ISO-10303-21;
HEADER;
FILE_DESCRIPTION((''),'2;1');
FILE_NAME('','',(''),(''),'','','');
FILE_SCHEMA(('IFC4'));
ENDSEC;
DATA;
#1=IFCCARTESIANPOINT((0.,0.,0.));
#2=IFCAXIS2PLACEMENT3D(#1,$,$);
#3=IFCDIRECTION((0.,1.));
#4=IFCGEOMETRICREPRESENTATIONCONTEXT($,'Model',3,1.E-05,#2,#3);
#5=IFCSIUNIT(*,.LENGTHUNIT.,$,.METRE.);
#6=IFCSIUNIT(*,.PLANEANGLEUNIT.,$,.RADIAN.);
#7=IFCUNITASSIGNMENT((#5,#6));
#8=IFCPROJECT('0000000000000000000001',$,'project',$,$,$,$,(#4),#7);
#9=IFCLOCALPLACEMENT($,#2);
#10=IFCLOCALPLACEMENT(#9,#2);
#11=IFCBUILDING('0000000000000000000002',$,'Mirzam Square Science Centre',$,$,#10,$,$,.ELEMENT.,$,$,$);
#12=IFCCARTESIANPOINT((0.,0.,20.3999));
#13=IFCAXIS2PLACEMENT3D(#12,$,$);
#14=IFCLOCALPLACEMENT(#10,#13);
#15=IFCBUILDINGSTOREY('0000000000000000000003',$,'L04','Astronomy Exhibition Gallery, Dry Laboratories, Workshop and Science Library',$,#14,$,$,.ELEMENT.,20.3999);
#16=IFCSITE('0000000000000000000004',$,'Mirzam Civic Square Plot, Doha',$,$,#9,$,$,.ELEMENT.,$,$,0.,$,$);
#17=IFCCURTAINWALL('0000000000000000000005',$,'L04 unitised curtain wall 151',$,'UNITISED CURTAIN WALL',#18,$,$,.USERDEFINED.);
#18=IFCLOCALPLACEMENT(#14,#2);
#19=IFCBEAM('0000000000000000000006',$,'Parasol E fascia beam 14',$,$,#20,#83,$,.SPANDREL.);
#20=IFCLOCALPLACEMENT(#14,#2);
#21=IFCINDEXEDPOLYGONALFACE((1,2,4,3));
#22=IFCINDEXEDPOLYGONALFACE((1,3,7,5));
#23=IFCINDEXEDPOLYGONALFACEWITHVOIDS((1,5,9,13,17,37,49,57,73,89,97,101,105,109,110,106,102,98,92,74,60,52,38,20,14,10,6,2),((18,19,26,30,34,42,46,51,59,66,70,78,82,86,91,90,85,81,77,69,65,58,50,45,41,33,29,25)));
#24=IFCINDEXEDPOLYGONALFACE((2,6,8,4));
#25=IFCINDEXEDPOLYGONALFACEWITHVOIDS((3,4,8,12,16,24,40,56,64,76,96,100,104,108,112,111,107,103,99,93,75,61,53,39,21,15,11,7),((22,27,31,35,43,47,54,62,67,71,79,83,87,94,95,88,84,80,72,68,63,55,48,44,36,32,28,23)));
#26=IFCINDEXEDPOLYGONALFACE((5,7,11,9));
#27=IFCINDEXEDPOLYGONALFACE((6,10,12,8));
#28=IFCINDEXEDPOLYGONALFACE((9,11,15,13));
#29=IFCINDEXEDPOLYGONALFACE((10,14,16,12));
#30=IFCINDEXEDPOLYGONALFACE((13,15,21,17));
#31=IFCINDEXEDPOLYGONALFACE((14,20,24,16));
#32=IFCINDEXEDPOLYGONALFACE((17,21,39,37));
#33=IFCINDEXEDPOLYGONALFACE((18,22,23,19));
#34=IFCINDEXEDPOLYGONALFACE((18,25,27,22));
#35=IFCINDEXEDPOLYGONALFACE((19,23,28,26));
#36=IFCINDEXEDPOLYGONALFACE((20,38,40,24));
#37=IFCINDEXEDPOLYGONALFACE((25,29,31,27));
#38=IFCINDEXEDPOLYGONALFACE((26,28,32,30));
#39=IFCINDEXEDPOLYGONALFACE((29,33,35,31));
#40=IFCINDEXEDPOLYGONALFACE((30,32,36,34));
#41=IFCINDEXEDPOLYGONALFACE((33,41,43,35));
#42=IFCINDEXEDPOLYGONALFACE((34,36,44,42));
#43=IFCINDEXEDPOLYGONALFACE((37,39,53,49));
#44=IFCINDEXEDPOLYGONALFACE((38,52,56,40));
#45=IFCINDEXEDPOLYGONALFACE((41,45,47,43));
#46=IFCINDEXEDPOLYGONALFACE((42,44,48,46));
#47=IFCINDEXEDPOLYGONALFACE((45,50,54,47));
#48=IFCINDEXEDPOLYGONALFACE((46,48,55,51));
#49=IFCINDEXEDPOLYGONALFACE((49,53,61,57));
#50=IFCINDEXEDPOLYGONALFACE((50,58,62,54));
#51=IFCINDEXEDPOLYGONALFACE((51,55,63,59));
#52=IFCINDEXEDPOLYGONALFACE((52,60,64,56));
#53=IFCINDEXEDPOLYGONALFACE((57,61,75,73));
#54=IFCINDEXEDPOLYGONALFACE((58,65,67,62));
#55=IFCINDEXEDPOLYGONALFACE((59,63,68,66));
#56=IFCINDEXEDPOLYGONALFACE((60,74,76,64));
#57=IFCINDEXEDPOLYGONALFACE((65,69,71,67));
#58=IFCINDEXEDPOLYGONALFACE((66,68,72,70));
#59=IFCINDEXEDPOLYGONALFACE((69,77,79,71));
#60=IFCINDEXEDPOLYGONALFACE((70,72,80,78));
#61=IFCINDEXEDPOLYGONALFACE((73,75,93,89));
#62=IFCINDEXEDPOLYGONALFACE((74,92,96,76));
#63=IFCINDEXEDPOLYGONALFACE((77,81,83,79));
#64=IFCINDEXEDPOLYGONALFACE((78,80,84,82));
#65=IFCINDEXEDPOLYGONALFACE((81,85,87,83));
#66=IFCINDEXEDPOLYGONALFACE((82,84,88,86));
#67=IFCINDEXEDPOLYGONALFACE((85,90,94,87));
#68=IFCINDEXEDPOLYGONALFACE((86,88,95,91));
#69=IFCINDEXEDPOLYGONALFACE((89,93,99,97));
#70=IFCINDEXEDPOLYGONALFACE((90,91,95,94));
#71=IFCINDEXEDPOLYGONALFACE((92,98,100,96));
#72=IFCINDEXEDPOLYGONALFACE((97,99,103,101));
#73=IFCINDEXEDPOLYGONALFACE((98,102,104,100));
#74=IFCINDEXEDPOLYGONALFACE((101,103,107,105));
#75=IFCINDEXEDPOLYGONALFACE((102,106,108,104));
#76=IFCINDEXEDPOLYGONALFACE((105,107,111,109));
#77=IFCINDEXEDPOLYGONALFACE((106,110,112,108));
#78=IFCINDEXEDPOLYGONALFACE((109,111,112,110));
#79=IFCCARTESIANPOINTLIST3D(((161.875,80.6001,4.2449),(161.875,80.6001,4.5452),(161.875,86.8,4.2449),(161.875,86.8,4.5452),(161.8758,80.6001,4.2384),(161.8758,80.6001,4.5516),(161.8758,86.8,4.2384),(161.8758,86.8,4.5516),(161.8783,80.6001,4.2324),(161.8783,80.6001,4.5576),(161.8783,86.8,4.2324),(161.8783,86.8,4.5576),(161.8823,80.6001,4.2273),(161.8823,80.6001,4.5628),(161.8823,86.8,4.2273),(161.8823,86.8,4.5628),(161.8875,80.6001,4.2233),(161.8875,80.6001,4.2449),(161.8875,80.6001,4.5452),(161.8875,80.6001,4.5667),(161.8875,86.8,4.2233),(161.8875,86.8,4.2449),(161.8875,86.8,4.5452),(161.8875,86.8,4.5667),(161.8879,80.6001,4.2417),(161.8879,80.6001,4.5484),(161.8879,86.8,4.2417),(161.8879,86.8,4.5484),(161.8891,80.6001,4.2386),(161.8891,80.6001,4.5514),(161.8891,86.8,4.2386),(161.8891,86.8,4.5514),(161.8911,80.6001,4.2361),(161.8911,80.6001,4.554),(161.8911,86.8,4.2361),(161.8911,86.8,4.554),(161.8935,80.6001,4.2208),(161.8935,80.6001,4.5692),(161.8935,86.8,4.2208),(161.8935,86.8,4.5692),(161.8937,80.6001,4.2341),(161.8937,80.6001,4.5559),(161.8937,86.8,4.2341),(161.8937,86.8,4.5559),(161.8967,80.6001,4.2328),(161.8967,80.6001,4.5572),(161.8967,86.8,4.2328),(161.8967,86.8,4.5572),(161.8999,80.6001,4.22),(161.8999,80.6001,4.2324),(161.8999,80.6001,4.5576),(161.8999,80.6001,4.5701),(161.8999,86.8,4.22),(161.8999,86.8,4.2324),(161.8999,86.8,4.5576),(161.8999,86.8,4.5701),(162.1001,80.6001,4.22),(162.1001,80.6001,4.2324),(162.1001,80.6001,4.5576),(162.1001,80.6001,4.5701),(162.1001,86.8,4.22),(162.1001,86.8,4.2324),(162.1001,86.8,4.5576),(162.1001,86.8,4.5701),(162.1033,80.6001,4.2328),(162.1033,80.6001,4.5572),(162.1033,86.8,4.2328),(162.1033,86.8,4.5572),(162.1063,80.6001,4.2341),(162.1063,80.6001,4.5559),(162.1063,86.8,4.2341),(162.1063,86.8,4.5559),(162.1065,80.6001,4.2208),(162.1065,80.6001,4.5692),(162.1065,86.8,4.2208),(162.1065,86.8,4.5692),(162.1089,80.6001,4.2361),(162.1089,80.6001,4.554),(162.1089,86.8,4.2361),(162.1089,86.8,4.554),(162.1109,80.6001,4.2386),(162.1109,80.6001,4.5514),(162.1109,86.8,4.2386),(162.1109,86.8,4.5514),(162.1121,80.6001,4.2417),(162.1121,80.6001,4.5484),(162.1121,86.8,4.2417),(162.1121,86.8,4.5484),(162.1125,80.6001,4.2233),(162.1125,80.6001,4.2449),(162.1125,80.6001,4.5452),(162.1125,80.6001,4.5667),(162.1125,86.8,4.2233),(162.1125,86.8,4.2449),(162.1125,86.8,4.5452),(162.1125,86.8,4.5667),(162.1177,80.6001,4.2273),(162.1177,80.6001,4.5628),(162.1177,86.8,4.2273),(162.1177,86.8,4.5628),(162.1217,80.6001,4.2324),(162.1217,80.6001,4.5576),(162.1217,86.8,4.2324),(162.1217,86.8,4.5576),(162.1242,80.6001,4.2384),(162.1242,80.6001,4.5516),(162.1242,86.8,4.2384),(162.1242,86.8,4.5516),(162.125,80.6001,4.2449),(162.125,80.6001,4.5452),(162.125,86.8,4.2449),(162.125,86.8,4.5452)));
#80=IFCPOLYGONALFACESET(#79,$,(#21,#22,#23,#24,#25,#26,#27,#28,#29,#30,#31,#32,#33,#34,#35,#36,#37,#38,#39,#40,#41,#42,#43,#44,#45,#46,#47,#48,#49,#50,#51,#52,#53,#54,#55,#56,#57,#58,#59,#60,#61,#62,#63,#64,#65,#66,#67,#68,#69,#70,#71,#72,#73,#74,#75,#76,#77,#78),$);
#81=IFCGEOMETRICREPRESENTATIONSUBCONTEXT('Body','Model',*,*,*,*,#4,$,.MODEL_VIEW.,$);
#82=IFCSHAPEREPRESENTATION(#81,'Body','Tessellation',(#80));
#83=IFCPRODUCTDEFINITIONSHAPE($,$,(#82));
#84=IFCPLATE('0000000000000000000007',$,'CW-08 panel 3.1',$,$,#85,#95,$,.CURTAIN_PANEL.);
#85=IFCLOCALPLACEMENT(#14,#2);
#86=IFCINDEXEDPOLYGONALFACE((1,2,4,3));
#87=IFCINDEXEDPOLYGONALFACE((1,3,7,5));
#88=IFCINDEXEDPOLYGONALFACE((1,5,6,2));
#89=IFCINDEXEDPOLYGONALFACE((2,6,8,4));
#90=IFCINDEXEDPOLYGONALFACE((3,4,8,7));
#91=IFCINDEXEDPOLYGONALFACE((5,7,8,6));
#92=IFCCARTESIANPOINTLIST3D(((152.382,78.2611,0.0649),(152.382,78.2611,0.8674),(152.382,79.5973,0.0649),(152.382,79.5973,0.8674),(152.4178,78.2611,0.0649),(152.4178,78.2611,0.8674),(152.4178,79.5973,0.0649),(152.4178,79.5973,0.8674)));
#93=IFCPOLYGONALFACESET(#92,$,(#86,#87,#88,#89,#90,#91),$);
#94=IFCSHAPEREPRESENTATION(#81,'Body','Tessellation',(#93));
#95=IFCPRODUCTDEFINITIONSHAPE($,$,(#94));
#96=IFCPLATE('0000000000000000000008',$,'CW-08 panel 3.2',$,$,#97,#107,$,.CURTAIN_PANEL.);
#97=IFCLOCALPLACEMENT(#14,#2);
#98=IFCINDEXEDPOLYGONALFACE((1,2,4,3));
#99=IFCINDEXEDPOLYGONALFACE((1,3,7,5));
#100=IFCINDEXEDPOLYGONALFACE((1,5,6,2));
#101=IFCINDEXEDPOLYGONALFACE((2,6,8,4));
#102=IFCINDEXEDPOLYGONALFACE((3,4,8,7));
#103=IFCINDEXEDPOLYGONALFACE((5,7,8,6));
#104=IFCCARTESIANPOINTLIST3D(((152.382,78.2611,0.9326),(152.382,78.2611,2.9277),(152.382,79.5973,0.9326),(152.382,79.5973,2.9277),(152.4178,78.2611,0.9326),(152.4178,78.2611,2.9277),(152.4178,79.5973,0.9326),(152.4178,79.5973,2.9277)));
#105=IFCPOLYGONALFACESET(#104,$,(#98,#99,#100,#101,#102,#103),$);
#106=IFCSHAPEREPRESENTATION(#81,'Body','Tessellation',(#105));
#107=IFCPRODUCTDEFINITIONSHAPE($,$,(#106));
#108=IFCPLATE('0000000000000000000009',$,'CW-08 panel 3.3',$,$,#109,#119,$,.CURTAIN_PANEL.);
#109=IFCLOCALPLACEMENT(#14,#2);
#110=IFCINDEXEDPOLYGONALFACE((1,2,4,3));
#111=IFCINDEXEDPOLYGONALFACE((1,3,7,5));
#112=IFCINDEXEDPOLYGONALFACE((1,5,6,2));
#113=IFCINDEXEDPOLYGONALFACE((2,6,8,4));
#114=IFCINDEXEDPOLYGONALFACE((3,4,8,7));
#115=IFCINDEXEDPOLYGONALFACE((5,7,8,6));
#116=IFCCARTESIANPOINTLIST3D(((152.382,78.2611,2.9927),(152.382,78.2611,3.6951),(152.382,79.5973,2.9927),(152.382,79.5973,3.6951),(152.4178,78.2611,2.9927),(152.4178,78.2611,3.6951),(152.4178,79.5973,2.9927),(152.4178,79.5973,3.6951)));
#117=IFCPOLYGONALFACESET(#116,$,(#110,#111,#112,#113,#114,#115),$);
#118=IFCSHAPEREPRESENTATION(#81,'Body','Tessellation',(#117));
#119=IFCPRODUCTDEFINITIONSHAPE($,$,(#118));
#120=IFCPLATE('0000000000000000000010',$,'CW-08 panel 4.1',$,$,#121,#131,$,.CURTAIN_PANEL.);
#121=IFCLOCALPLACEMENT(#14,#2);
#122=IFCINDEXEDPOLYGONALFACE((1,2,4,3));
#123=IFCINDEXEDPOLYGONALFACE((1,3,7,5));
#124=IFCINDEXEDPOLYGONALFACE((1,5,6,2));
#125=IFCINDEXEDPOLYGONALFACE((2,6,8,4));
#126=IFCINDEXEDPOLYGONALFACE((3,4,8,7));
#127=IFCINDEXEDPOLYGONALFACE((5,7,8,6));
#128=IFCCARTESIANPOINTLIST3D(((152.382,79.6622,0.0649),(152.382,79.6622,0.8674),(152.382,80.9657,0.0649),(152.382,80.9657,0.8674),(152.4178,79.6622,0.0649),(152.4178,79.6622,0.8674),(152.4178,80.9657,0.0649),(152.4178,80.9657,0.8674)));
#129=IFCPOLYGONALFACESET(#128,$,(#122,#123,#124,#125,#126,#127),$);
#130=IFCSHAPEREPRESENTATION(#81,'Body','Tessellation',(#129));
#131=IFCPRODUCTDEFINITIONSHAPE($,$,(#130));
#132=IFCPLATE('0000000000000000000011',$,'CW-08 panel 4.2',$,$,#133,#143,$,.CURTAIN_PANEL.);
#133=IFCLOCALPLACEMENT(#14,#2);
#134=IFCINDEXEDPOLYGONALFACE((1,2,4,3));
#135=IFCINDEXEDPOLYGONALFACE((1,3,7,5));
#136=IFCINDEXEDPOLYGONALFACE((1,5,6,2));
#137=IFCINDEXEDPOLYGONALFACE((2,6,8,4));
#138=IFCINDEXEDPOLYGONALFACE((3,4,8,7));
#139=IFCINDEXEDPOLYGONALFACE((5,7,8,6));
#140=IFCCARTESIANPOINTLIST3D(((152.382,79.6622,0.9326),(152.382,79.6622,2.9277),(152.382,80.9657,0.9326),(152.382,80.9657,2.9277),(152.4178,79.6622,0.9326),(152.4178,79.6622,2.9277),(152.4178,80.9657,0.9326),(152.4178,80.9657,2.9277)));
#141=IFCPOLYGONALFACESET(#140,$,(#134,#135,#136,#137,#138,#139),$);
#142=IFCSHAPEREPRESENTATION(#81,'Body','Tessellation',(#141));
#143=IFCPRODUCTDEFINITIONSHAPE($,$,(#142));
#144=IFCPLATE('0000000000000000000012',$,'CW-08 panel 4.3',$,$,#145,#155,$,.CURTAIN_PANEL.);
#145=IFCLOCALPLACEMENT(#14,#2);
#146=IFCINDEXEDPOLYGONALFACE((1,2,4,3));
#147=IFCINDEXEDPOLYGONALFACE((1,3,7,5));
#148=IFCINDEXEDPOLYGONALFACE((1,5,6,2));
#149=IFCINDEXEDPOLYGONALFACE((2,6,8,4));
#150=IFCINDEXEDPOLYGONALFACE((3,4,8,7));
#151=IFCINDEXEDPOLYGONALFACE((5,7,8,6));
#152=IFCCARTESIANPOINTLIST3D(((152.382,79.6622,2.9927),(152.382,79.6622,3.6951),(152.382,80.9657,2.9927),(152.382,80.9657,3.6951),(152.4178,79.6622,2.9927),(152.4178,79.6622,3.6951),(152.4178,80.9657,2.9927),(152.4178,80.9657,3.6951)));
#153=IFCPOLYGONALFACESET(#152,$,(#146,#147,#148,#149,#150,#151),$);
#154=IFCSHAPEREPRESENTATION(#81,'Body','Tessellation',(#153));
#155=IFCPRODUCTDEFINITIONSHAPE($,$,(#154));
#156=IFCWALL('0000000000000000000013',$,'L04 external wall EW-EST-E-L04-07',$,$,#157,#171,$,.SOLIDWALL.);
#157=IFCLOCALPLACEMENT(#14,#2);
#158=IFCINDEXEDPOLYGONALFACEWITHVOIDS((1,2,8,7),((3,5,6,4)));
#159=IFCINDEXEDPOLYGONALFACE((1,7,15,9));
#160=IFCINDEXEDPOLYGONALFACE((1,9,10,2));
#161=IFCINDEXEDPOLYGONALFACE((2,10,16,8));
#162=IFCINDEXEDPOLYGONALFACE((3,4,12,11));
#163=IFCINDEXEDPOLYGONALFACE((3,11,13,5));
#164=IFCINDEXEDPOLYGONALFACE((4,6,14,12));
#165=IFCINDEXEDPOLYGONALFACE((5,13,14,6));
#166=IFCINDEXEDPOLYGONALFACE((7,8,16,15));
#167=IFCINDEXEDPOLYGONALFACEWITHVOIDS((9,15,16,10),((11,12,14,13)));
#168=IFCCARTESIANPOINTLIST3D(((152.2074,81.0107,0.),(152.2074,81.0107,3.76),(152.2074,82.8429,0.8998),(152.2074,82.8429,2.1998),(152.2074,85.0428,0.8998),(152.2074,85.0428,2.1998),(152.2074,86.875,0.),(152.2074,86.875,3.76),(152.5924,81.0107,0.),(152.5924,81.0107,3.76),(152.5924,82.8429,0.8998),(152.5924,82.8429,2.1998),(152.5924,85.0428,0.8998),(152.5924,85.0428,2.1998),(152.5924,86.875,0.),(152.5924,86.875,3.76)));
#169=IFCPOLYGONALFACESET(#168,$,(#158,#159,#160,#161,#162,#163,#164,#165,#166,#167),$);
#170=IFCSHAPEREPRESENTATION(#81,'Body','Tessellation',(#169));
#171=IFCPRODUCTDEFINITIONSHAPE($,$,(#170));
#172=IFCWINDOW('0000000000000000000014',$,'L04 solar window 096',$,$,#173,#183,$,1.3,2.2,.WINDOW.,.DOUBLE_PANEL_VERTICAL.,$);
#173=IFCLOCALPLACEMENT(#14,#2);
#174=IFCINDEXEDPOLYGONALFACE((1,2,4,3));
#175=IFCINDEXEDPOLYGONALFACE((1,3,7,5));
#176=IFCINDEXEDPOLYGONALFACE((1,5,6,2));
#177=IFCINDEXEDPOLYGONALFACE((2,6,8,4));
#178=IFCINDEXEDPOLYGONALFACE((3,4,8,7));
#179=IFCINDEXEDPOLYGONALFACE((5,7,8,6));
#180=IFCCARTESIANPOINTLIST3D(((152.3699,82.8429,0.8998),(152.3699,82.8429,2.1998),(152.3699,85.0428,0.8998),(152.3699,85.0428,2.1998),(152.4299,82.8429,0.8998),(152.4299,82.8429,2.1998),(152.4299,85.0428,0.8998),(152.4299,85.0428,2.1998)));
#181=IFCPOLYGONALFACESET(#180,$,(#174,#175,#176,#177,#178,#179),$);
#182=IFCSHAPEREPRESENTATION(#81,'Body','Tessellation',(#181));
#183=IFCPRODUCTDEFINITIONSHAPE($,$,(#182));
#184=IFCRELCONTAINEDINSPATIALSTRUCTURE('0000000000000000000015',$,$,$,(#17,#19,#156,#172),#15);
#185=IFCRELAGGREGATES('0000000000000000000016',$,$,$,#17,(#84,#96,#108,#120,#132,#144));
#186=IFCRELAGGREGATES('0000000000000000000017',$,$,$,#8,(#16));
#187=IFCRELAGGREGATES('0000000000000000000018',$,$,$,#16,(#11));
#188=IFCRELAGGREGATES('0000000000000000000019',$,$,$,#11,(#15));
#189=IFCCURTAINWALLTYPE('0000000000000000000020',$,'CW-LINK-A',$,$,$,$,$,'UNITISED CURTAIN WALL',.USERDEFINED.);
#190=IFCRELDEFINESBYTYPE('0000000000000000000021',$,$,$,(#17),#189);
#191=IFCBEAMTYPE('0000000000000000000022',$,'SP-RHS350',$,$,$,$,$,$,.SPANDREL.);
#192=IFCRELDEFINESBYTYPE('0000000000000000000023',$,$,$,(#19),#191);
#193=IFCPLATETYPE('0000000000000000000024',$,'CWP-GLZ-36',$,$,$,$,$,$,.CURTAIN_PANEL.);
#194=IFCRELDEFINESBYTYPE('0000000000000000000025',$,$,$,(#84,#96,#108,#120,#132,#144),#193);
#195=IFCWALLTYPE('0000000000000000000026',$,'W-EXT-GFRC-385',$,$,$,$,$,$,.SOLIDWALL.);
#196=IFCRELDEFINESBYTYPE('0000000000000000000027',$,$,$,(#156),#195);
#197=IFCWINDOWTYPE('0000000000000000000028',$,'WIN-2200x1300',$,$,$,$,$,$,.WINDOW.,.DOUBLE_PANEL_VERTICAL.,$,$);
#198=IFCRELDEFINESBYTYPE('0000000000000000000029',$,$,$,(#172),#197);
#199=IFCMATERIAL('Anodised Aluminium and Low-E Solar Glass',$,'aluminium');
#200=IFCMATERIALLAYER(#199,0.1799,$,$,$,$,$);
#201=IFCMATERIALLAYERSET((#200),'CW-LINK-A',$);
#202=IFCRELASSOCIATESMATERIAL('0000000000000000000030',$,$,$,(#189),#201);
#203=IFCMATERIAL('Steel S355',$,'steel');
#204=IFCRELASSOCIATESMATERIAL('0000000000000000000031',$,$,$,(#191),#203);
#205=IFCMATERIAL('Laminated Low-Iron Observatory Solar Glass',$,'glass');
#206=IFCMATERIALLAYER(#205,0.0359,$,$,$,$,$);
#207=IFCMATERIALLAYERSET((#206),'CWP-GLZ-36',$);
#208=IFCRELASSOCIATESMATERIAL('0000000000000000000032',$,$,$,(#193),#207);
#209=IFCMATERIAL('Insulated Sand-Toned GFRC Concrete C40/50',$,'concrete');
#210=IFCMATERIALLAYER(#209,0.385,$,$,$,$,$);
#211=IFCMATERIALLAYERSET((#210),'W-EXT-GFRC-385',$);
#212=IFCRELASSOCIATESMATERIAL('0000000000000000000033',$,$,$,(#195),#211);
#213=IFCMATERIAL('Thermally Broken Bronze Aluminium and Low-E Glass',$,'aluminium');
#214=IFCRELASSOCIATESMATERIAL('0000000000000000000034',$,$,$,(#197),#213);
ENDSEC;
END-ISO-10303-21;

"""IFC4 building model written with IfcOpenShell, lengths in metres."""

from ifc_helpers import new_model, si_unit, direction, frame, frame_2d, origin, origin_2d, place, context, subcontext, project, spatial, rectangle, hollow_rectangle, extrude, material, layer, layer_set, material_profile, profile_set, type_object, element, fill, aggregate, save


model = new_model("IFC4")

# Units and contexts
model_context = context("Model", 3, precision=1e-05, world=origin(), true_north=direction((0.0, 1.0)))
body_context = subcontext(model_context, "Body", "Model", "MODEL_VIEW")
ifc_project = project(units=[si_unit("LENGTHUNIT", "METRE"), si_unit("PLANEANGLEUNIT", "RADIAN")], contexts=[model_context])

# Site, building, storey
site_placement = place(None, origin())
site = spatial("IfcSite", under=ifc_project, at=site_placement, Name="Mirzam Civic Square Plot, Doha", CompositionType="ELEMENT", RefElevation=0.0)
building_placement = place(site_placement, origin())
building = spatial("IfcBuilding", under=site, at=building_placement, Name="Mirzam Square Science Centre", CompositionType="ELEMENT")
storey_placement = place(building_placement, frame((0.0, 0.0, 20.3999)))
storey = spatial("IfcBuildingStorey", under=building, at=storey_placement, Name="L04", Description="Astronomy Exhibition Gallery, Dry Laboratories, Workshop and Science Library", CompositionType="ELEMENT", Elevation=20.3999)

# Shared definitions
ifc_material_1 = material(Name="Steel S355", Category="steel")

# Shared definitions
ifc_material_2 = material(Name="Anodised Aluminium and Low-E Solar Glass", Category="aluminium")

# Curtain wall
ifc_layer_1 = layer(ifc_material_2, 0.1799)
ifc_layer_set_1 = layer_set([ifc_layer_1], Name="CW-LINK-A")
curtain_wall_type_1 = type_object("IfcCurtainWallType", Name="CW-LINK-A", ElementType="UNITISED CURTAIN WALL", PredefinedType="USERDEFINED", material=ifc_layer_set_1)
curtain_wall_1_placement = place(storey_placement, origin())
curtain_wall_1 = element("IfcCurtainWall", 1, at=curtain_wall_1_placement, inside=storey, type_object=curtain_wall_type_1, Name="L04 unitised curtain wall 151", ObjectType="UNITISED CURTAIN WALL", PredefinedType="USERDEFINED")

# Beam
ifc_material_profile_1 = material_profile(ifc_material_1, hollow_rectangle(XDim=0.25, YDim=0.3501, WallThickness=0.0125, InnerFilletRadius=0.0125, OuterFilletRadius=0.0249, at=origin_2d()), Name="350x250x12.5RHS")
ifc_profile_set_1 = profile_set([ifc_material_profile_1], Name="Steel S355")
beam_type = type_object("IfcBeamType", Name="SP-RHS350", PredefinedType="SPANDREL", material=ifc_profile_set_1)
beam_1_placement = place(storey_placement, frame((162.0, 80.6001, 4.395), z_axis=(0.0, 1.0, 0.0), x_axis=(-1.0, 0.0, 0.0)))
element("IfcBeam", 2, at=beam_1_placement, inside=storey, type_object=beam_type, Name="Parasol E fascia beam 14", PredefinedType="SPANDREL", context=body_context, shape_type="SweptSolid", body=[
    extrude(hollow_rectangle(XDim=0.25, YDim=0.3501, WallThickness=0.0125, InnerFilletRadius=0.0125, OuterFilletRadius=0.0249, at=origin_2d()), origin(), (0.0, 0.0, 1.0), 6.2),
])

# Plates
ifc_material_3 = material(Name="Laminated Low-Iron Observatory Solar Glass", Category="glass")
ifc_layer_2 = layer(ifc_material_3, 0.0359)
ifc_layer_set_2 = layer_set([ifc_layer_2], Name="CWP-GLZ-36")
plate_type = type_object("IfcPlateType", Name="CWP-GLZ-36", PredefinedType="CURTAIN_PANEL", material=ifc_layer_set_2)
plate_1_placement = place(storey_placement, frame((152.3999, 78.9292, 0.0649), z_axis=(0.0, 0.0, 1.0), x_axis=(0.0, 1.0, 0.0)))
plate_1 = element("IfcPlate", 3, at=plate_1_placement, type_object=plate_type, Name="CW-08 panel 3.1", PredefinedType="CURTAIN_PANEL", context=body_context, shape_type="SweptSolid", body=[
    extrude(rectangle(XDim=1.3362, YDim=0.0359, at=origin_2d()), origin(), (0.0, 0.0, 1.0), 0.8025),
])
plate_2_placement = place(storey_placement, frame((152.3999, 78.9292, 0.9326), z_axis=(0.0, 0.0, 1.0), x_axis=(0.0, 1.0, 0.0)))
plate_2 = element("IfcPlate", 4, at=plate_2_placement, type_object=plate_type, Name="CW-08 panel 3.2", PredefinedType="CURTAIN_PANEL", context=body_context, shape_type="SweptSolid", body=[
    extrude(rectangle(XDim=1.3362, YDim=0.0359, at=origin_2d()), origin(), (0.0, 0.0, 1.0), 1.9951),
])
plate_3_placement = place(storey_placement, frame((152.3999, 78.9292, 2.9927), z_axis=(0.0, 0.0, 1.0), x_axis=(0.0, 1.0, 0.0)))
plate_3 = element("IfcPlate", 5, at=plate_3_placement, type_object=plate_type, Name="CW-08 panel 3.3", PredefinedType="CURTAIN_PANEL", context=body_context, shape_type="SweptSolid", body=[
    extrude(rectangle(XDim=1.3362, YDim=0.0359, at=origin_2d()), origin(), (0.0, 0.0, 1.0), 0.7024),
])
plate_4_placement = place(storey_placement, frame((152.3999, 80.314, 0.0649), z_axis=(0.0, 0.0, 1.0), x_axis=(0.0, 1.0, 0.0)))
plate_4 = element("IfcPlate", 6, at=plate_4_placement, type_object=plate_type, Name="CW-08 panel 4.1", PredefinedType="CURTAIN_PANEL", context=body_context, shape_type="SweptSolid", body=[
    extrude(rectangle(XDim=1.3035, YDim=0.0359, at=origin_2d()), origin(), (0.0, 0.0, 1.0), 0.8025),
])
plate_5_placement = place(storey_placement, frame((152.3999, 80.314, 0.9326), z_axis=(0.0, 0.0, 1.0), x_axis=(0.0, 1.0, 0.0)))
plate_5 = element("IfcPlate", 7, at=plate_5_placement, type_object=plate_type, Name="CW-08 panel 4.2", PredefinedType="CURTAIN_PANEL", context=body_context, shape_type="SweptSolid", body=[
    extrude(rectangle(XDim=1.3035, YDim=0.0359, at=origin_2d()), origin(), (0.0, 0.0, 1.0), 1.9951),
])
plate_6_placement = place(storey_placement, frame((152.3999, 80.314, 2.9927), z_axis=(0.0, 0.0, 1.0), x_axis=(0.0, 1.0, 0.0)))
plate_6 = element("IfcPlate", 8, at=plate_6_placement, type_object=plate_type, Name="CW-08 panel 4.3", PredefinedType="CURTAIN_PANEL", context=body_context, shape_type="SweptSolid", body=[
    extrude(rectangle(XDim=1.3035, YDim=0.0359, at=origin_2d()), origin(), (0.0, 0.0, 1.0), 0.7024),
])
aggregate(curtain_wall_1, [plate_1, plate_2, plate_3, plate_4, plate_5, plate_6])

# Wall, opening, window
ifc_material_4 = material(Name="Insulated Sand-Toned GFRC Concrete C40/50", Category="concrete")
ifc_layer_3 = layer(ifc_material_4, 0.385)
ifc_layer_set_3 = layer_set([ifc_layer_3], Name="W-EXT-GFRC-385")
wall_type = type_object("IfcWallType", Name="W-EXT-GFRC-385", PredefinedType="SOLIDWALL", material=ifc_layer_set_3)
wall_placement = place(storey_placement, frame((152.3999, 81.0107, 0.0), z_axis=(0.0, 0.0, 1.0), x_axis=(0.0, 1.0, 0.0)))
wall = element("IfcWall", 9, at=wall_placement, inside=storey, type_object=wall_type, Name="L04 external wall EW-EST-E-L04-07", PredefinedType="SOLIDWALL", context=body_context, shape_type="SweptSolid", body=[
    extrude(rectangle(XDim=5.8643, YDim=0.385, at=frame_2d((2.9321, 0.0))), origin(), (0.0, 0.0, 1.0), 3.76),
])
opening_placement = place(wall_placement, frame((1.832, 0.0, 0.8999)))
opening = element("IfcOpeningElement", 10, at=opening_placement, cuts=wall, PredefinedType="OPENING", context=body_context, shape_type="SweptSolid", body=[
    extrude(rectangle(XDim=2.2, YDim=1.3, at=frame_2d((1.1001, 0.6499))), frame((0.0, 0.2024, 0.0), z_axis=(0.0, -1.0, 0.0), x_axis=(1.0, 0.0, 0.0)), (0.0, 0.0, 1.0), 0.405),
])
ifc_material_5 = material(Name="Thermally Broken Bronze Aluminium and Low-E Glass", Category="aluminium")
window_type = type_object("IfcWindowType", Name="WIN-2200x1300", PartitioningType="DOUBLE_PANEL_VERTICAL", PredefinedType="WINDOW", material=ifc_material_5)
window_placement = place(opening_placement, origin())
window = element("IfcWindow", 11, at=window_placement, inside=storey, type_object=window_type, Name="L04 solar window 096", OverallHeight=1.3, OverallWidth=2.2, PartitioningType="DOUBLE_PANEL_VERTICAL", PredefinedType="WINDOW", context=body_context, shape_type="SweptSolid", body=[
    extrude(rectangle(XDim=2.2, YDim=1.3, at=frame_2d((1.1001, 0.6499))), frame((0.0, 0.03, 0.0), z_axis=(0.0, -1.0, 0.0), x_axis=(1.0, 0.0, 0.0)), (0.0, 0.0, 1.0), 0.0601),
])
fill(opening, window)

save(model, "model.ifc")
